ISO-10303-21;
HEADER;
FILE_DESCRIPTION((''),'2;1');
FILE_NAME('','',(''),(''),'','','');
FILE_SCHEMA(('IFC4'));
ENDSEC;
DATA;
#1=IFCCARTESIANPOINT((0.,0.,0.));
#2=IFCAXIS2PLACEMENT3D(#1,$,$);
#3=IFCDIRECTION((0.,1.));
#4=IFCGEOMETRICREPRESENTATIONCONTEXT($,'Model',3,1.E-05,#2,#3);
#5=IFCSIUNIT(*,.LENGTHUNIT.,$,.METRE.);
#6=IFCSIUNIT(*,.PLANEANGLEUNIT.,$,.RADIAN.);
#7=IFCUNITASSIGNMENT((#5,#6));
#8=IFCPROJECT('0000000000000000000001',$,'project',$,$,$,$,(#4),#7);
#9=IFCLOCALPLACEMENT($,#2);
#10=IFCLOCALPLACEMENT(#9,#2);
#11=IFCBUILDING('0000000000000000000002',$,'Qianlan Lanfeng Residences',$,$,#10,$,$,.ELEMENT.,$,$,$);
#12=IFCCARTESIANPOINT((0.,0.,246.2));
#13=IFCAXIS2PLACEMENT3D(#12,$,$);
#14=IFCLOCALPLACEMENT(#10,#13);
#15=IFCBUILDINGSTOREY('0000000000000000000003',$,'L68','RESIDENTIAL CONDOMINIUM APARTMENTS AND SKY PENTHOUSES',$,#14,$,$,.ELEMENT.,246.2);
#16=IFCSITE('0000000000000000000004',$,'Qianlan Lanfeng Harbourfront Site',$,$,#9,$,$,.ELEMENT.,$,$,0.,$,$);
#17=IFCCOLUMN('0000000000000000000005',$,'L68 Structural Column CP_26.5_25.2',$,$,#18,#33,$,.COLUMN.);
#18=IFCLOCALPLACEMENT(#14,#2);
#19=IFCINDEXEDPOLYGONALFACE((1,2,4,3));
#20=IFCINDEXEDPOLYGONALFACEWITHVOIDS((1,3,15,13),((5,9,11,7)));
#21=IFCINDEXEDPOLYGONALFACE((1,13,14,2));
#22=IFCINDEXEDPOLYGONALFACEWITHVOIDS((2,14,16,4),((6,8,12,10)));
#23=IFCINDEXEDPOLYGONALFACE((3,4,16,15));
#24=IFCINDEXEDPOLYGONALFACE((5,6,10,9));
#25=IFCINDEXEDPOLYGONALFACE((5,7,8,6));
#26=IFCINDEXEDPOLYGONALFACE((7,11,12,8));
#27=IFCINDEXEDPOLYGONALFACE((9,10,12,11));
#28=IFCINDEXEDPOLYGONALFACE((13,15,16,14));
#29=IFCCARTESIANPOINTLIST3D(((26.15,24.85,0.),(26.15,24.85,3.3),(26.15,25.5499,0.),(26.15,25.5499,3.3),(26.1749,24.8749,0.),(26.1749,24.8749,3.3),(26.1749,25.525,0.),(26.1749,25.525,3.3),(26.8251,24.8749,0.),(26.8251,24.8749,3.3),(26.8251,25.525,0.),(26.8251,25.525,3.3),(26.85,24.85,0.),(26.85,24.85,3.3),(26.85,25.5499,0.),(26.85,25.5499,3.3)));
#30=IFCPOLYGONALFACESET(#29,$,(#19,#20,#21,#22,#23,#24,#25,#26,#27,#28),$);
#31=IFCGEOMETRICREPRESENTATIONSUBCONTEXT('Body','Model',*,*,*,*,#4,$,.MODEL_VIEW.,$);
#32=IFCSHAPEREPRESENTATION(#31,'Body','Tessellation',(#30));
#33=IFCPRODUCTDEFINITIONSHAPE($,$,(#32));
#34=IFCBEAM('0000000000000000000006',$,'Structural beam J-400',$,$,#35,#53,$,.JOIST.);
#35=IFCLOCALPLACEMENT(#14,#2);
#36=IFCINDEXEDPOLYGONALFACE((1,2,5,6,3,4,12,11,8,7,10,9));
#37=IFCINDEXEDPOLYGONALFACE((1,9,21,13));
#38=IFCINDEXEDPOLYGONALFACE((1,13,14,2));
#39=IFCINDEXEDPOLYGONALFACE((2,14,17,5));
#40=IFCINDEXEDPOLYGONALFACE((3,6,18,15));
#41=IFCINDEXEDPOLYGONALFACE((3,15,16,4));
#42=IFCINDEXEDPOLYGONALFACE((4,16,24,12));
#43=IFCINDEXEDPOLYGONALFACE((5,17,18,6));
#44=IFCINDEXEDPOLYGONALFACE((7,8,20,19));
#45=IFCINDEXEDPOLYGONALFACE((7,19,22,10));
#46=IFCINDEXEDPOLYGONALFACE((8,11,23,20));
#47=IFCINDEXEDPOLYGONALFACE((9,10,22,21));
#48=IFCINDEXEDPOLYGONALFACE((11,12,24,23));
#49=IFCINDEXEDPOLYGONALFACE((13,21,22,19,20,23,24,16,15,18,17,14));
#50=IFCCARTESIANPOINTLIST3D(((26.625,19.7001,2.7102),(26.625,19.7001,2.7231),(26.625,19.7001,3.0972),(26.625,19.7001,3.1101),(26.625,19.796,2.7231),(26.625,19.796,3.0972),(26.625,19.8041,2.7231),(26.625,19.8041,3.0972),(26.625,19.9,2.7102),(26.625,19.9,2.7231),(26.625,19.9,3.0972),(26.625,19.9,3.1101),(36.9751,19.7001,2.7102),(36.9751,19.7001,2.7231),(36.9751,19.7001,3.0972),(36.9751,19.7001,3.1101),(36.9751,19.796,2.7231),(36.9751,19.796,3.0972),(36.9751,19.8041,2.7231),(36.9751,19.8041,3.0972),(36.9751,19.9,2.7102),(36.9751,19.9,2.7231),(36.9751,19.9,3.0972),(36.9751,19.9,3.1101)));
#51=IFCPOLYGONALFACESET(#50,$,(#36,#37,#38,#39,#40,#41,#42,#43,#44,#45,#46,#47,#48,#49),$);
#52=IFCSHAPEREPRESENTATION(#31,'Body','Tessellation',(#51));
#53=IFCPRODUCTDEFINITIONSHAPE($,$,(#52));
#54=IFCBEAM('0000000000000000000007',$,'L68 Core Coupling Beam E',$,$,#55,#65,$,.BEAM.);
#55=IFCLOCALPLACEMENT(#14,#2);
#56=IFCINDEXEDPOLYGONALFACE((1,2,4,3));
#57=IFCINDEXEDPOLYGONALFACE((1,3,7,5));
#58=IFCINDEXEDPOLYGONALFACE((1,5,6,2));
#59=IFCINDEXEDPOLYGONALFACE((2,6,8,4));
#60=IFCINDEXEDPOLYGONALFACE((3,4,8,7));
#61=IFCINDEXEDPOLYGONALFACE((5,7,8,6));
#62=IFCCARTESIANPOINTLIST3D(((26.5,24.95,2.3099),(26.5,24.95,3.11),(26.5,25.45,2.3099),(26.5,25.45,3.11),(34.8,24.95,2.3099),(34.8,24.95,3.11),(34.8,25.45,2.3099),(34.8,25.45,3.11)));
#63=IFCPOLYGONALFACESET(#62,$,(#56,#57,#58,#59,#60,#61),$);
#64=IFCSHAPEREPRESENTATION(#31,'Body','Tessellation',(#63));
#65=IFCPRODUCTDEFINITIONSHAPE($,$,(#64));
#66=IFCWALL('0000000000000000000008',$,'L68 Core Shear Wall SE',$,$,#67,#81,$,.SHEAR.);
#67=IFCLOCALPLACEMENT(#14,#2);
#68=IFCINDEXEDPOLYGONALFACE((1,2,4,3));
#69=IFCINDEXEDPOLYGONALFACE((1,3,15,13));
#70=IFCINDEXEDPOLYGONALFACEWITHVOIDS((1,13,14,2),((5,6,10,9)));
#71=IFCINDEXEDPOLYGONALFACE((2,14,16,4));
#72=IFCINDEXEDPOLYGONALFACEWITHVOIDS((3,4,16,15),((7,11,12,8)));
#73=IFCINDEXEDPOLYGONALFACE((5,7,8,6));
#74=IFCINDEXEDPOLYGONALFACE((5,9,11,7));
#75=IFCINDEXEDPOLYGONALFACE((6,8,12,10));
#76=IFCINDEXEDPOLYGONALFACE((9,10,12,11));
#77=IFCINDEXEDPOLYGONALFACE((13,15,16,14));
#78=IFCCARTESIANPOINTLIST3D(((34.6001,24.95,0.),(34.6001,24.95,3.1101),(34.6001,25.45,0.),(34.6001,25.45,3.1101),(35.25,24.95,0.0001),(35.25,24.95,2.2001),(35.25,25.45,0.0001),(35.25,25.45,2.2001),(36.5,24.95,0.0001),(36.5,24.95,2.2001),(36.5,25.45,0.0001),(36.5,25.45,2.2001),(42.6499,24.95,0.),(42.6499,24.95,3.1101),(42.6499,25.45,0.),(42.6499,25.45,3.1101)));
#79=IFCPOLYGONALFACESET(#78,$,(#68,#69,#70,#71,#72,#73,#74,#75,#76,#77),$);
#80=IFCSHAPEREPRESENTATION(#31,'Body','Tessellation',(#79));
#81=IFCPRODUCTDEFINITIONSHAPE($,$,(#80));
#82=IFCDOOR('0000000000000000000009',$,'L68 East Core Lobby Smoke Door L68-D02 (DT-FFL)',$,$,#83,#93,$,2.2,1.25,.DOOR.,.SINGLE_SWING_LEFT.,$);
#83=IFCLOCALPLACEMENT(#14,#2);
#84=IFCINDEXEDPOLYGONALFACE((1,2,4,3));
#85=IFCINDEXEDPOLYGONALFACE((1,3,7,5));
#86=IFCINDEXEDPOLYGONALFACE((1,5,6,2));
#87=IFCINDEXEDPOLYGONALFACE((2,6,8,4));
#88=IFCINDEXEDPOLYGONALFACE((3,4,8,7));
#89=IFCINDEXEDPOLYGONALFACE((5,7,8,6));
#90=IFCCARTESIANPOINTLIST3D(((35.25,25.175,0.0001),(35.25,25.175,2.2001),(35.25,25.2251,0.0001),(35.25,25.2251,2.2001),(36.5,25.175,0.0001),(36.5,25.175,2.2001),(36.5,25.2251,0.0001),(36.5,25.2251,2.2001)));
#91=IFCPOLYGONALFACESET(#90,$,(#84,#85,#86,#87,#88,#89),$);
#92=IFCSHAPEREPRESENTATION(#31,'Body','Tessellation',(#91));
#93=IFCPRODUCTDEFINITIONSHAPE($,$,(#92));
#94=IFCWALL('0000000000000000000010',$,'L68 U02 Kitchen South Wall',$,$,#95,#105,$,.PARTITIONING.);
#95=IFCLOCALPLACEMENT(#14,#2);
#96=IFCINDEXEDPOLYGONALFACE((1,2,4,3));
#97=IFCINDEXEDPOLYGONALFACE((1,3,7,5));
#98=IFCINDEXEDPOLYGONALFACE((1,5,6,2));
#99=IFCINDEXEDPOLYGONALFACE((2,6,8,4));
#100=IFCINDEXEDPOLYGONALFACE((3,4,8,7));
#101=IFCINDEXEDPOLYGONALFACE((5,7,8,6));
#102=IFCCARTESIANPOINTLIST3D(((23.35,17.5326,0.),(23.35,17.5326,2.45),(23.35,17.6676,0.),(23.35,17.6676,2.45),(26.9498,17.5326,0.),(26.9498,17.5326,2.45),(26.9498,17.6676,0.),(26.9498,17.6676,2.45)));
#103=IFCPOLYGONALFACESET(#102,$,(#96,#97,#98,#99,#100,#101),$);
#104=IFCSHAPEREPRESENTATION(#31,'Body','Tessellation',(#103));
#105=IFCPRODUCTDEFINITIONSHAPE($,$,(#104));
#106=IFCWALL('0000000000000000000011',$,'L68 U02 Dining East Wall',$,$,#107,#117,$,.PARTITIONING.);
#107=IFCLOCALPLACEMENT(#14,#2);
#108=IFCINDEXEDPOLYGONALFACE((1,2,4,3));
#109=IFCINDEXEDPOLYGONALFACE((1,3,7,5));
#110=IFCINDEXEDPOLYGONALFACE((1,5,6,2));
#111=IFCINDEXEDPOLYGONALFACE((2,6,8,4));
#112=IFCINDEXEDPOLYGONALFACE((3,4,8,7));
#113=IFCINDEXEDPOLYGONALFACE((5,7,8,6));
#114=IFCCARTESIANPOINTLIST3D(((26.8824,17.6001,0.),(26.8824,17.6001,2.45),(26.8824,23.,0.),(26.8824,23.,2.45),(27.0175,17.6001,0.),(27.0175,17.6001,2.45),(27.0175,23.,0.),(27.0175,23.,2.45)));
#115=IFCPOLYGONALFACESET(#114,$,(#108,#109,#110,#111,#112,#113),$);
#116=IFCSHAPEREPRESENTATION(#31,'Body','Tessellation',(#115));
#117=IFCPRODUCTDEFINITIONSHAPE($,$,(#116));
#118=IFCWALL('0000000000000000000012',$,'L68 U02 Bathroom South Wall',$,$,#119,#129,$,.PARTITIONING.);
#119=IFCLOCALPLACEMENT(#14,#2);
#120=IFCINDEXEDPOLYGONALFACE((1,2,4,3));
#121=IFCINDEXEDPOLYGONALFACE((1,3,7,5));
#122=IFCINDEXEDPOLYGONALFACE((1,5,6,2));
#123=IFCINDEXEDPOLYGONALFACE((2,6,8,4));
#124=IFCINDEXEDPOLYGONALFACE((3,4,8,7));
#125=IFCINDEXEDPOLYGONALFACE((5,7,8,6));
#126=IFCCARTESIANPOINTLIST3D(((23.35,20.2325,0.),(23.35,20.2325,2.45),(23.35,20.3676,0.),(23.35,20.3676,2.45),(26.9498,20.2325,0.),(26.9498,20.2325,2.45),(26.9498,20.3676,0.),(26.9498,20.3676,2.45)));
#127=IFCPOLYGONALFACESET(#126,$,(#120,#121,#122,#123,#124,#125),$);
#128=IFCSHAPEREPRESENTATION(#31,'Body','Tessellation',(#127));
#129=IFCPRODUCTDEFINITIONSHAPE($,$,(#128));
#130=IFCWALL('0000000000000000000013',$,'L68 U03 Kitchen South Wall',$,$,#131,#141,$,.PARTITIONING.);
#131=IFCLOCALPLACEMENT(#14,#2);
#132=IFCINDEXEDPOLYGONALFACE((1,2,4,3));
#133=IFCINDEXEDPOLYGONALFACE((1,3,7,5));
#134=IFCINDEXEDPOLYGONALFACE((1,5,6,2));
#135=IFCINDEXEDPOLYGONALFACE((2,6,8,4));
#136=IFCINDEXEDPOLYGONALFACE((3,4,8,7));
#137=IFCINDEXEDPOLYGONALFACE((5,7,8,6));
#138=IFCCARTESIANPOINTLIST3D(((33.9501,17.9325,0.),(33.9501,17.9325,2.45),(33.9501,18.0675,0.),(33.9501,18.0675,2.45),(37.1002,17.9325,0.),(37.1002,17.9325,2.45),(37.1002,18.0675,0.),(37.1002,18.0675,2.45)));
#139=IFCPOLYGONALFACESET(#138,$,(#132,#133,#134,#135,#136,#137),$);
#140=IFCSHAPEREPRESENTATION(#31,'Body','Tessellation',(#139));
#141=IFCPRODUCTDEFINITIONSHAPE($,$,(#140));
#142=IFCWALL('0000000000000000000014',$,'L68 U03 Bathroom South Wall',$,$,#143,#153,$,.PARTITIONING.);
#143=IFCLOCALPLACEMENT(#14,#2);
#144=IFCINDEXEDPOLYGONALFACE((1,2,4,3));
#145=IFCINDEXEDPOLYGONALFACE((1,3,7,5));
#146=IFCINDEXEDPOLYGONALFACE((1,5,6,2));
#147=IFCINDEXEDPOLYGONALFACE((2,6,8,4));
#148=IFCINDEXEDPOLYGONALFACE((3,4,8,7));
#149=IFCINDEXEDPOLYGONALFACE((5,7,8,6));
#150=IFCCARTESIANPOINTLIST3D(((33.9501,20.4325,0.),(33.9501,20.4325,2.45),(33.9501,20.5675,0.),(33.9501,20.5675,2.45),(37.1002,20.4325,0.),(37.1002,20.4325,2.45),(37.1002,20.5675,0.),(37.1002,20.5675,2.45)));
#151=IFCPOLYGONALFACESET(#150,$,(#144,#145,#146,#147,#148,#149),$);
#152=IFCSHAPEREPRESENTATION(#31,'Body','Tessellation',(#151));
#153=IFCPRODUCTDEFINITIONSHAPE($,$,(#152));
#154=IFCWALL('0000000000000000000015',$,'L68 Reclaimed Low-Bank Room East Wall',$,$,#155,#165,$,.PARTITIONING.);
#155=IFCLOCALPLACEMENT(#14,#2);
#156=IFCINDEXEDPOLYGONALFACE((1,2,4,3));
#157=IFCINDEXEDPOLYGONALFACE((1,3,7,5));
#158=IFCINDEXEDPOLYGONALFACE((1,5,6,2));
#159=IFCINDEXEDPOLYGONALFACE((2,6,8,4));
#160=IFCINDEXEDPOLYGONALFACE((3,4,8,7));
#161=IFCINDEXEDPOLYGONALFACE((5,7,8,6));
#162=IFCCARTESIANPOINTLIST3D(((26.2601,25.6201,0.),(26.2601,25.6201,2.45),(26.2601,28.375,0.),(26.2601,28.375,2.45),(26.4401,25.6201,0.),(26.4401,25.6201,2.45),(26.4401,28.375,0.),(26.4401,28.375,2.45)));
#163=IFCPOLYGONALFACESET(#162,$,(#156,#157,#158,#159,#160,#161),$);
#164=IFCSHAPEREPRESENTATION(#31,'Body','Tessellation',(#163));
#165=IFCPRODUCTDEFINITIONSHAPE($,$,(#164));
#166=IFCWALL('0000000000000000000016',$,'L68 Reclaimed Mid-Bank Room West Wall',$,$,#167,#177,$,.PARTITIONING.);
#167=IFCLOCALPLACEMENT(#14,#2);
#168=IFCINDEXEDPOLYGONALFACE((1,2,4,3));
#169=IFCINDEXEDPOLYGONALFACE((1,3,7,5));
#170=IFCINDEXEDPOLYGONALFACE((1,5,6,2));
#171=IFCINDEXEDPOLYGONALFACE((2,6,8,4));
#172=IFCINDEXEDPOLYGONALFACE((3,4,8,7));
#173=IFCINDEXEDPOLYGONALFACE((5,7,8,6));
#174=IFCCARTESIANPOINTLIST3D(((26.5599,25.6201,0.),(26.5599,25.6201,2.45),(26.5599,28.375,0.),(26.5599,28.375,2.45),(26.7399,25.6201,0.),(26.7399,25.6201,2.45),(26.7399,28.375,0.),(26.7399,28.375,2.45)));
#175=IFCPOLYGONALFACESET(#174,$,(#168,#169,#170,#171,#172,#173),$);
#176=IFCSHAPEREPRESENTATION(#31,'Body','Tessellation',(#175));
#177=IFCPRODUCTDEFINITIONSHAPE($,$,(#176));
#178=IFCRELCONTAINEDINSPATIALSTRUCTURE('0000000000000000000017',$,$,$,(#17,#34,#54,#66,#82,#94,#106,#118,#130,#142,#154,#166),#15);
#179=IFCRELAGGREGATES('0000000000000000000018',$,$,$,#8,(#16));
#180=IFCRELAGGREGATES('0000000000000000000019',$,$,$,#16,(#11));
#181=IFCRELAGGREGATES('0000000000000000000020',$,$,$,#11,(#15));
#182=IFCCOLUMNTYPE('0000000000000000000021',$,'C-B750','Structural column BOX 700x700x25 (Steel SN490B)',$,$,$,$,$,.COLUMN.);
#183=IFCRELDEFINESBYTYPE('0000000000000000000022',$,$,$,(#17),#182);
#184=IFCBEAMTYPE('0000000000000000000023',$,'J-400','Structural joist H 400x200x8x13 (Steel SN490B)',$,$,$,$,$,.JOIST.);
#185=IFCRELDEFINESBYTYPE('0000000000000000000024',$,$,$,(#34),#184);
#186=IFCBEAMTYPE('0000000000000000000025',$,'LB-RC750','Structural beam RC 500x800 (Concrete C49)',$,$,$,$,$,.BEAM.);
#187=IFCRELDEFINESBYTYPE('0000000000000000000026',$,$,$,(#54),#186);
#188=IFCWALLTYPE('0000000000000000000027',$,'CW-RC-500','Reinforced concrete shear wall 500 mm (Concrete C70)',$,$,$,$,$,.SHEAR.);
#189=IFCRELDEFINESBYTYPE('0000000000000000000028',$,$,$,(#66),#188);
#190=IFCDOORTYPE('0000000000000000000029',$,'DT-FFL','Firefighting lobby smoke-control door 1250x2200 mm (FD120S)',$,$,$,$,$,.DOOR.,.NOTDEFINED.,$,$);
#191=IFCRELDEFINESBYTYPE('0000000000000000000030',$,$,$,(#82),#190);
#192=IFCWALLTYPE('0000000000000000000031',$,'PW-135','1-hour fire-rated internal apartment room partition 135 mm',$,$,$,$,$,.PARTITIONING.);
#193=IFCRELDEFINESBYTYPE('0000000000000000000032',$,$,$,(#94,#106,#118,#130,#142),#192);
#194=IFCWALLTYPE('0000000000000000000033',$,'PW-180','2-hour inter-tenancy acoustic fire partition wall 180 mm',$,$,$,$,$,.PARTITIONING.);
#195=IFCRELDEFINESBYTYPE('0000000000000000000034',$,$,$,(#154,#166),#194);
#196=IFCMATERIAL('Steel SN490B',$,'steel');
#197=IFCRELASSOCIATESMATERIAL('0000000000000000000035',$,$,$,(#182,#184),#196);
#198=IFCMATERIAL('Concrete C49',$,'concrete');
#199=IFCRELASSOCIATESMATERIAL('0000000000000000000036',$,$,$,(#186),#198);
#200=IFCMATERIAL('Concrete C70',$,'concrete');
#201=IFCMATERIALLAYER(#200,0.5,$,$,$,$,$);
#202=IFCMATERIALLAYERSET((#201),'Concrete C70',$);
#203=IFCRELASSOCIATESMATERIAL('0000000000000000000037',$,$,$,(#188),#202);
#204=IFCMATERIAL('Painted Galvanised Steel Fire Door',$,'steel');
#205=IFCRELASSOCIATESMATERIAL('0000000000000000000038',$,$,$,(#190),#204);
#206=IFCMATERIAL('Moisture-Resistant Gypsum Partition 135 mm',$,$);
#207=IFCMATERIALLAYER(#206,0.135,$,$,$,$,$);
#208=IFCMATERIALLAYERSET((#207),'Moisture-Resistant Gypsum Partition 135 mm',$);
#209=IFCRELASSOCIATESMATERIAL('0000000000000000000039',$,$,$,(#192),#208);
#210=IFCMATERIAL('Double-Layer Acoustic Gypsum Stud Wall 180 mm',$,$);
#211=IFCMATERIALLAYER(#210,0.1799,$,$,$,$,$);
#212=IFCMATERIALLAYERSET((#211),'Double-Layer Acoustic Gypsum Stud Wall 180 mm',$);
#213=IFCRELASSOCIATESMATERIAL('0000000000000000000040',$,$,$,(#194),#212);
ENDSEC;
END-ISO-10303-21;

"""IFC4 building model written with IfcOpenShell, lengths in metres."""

from ifc_helpers import new_model, si_unit, direction, frame, frame_2d, origin, origin_2d, place, context, subcontext, project, spatial, rectangle, hollow_rectangle, i_section, extrude, material, layer, layer_set, material_profile, profile_set, type_object, element, fill, save


model = new_model("IFC4")

# Units and contexts
model_context = context("Model", 3, precision=1e-05, world=origin(), true_north=direction((0.0, 1.0)))
body_context = subcontext(model_context, "Body", "Model", "MODEL_VIEW")
ifc_project = project(units=[si_unit("LENGTHUNIT", "METRE"), si_unit("PLANEANGLEUNIT", "RADIAN")], contexts=[model_context])

# Site, building, storey
site_placement = place(None, origin())
site = spatial("IfcSite", under=ifc_project, at=site_placement, Name="Qianlan Lanfeng Harbourfront Site", CompositionType="ELEMENT", RefElevation=0.0)
building_placement = place(site_placement, origin())
building = spatial("IfcBuilding", under=site, at=building_placement, Name="Qianlan Lanfeng Residences", CompositionType="ELEMENT")
storey_placement = place(building_placement, frame((0.0, 0.0, 246.2)))
storey = spatial("IfcBuildingStorey", under=building, at=storey_placement, Name="L68", Description="RESIDENTIAL CONDOMINIUM APARTMENTS AND SKY PENTHOUSES", CompositionType="ELEMENT", Elevation=246.2)

# Column
ifc_material_1 = material(Name="Steel SN490B", Category="steel")
ifc_material_profile_1 = material_profile(ifc_material_1, hollow_rectangle(XDim=0.7, YDim=0.7, WallThickness=0.0249, at=origin_2d()), Name="BOX 700x700x25")
ifc_profile_set_1 = profile_set([ifc_material_profile_1], Name="Steel SN490B")
column_type = type_object("IfcColumnType", Name="C-B750", Description="Structural column BOX 700x700x25 (Steel SN490B)", PredefinedType="COLUMN", material=ifc_profile_set_1)
column_placement = place(storey_placement, frame((26.5, 25.2, 0.0), z_axis=(0.0, 0.0, 1.0), x_axis=(1.0, 0.0, 0.0)))
element("IfcColumn", 1, at=column_placement, inside=storey, type_object=column_type, Name="L68 Structural Column CP_26.5_25.2", PredefinedType="COLUMN", context=body_context, shape_type="SweptSolid", body=[
    extrude(hollow_rectangle(XDim=0.7, YDim=0.7, WallThickness=0.0249, at=origin_2d()), origin(), (0.0, 0.0, 1.0), 3.3),
])

# Beams
ifc_material_profile_2 = material_profile(ifc_material_1, i_section(OverallWidth=0.2, OverallDepth=0.3999, WebThickness=0.0081, FlangeThickness=0.0129, at=origin_2d()), Name="H 400x200x8x13")
ifc_profile_set_2 = profile_set([ifc_material_profile_2], Name="Steel SN490B")
beam_type_1 = type_object("IfcBeamType", Name="J-400", Description="Structural joist H 400x200x8x13 (Steel SN490B)", PredefinedType="JOIST", material=ifc_profile_set_2)
beam_1_placement = place(storey_placement, frame((26.625, 19.8, 2.9102), z_axis=(1.0, 0.0, 0.0), x_axis=(0.0, 1.0, 0.0)))
element("IfcBeam", 2, at=beam_1_placement, inside=storey, type_object=beam_type_1, Name="Structural beam J-400", PredefinedType="JOIST", context=body_context, shape_type="SweptSolid", body=[
    extrude(i_section(OverallWidth=0.2, OverallDepth=0.3999, WebThickness=0.0081, FlangeThickness=0.0129, at=origin_2d()), origin(), (0.0, 0.0, 1.0), 10.3501),
])
ifc_material_2 = material(Name="Concrete C49", Category="concrete")
ifc_material_profile_3 = material_profile(ifc_material_2, rectangle(XDim=0.5, YDim=0.8, at=origin_2d()), Name="RC 500x800")
ifc_profile_set_3 = profile_set([ifc_material_profile_3], Name="Concrete C49")
beam_type_2 = type_object("IfcBeamType", Name="LB-RC750", Description="Structural beam RC 500x800 (Concrete C49)", PredefinedType="BEAM", material=ifc_profile_set_3)
beam_2_placement = place(storey_placement, frame((26.5, 25.2, 2.71), z_axis=(1.0, 0.0, 0.0), x_axis=(0.0, 1.0, 0.0)))
element("IfcBeam", 3, at=beam_2_placement, inside=storey, type_object=beam_type_2, Name="L68 Core Coupling Beam E", PredefinedType="BEAM", context=body_context, shape_type="SweptSolid", body=[
    extrude(rectangle(XDim=0.5, YDim=0.8, at=origin_2d()), origin(), (0.0, 0.0, 1.0), 8.3),
])

# Wall, opening, door
ifc_material_3 = material(Name="Concrete C70", Category="concrete")
ifc_layer_1 = layer(ifc_material_3, 0.5)
ifc_layer_set_1 = layer_set([ifc_layer_1], Name="Concrete C70")
wall_type_1 = type_object("IfcWallType", Name="CW-RC-500", Description="Reinforced concrete shear wall 500 mm (Concrete C70)", PredefinedType="SHEAR", material=ifc_layer_set_1)
wall_1_placement = place(storey_placement, frame((34.6001, 25.2, 0.0), z_axis=(0.0, 0.0, 1.0), x_axis=(1.0, 0.0, 0.0)))
wall_1 = element("IfcWall", 4, at=wall_1_placement, inside=storey, type_object=wall_type_1, Name="L68 Core Shear Wall SE", PredefinedType="SHEAR", context=body_context, shape_type="SweptSolid", body=[
    extrude(rectangle(XDim=8.0498, YDim=0.5, at=frame_2d((4.0249, 0.0))), origin(), (0.0, 0.0, 1.0), 3.1101),
])
opening_1_placement = place(wall_1_placement, frame((0.6499, 0.0, 0.0)))
opening_1 = element("IfcOpeningElement", 5, at=opening_1_placement, cuts=wall_1, PredefinedType="OPENING", context=body_context, shape_type="SweptSolid", body=[
    extrude(rectangle(XDim=1.25, YDim=2.2, at=frame_2d((0.625, 1.1001))), frame((0.0, 0.26, 0.0), z_axis=(0.0, -1.0, 0.0), x_axis=(1.0, 0.0, 0.0)), (0.0, 0.0, 1.0), 0.52),
])
ifc_material_4 = material(Name="Painted Galvanised Steel Fire Door", Category="steel")
door_type_1 = type_object("IfcDoorType", Name="DT-FFL", Description="Firefighting lobby smoke-control door 1250x2200 mm (FD120S)", OperationType="NOTDEFINED", PredefinedType="DOOR", material=ifc_material_4)
door_1_placement = place(opening_1_placement, frame((1.25, 0.0, 0.0), z_axis=(0.0, 0.0, 1.0), x_axis=(-1.0, 0.0, 0.0)))
door_1 = element("IfcDoor", 6, at=door_1_placement, inside=storey, type_object=door_type_1, Name="L68 East Core Lobby Smoke Door L68-D02 (DT-FFL)", OperationType="SINGLE_SWING_LEFT", OverallHeight=2.2, OverallWidth=1.25, PredefinedType="DOOR", context=body_context, shape_type="SweptSolid", body=[
    extrude(rectangle(XDim=1.25, YDim=2.2, at=frame_2d((0.625, 1.1001))), frame((0.0, 0.0249, 0.0), z_axis=(0.0, -1.0, 0.0), x_axis=(1.0, 0.0, 0.0)), (0.0, 0.0, 1.0), 0.05),
])
fill(opening_1, door_1)

# Walls
ifc_material_5 = material(Name="Moisture-Resistant Gypsum Partition 135 mm")
ifc_layer_2 = layer(ifc_material_5, 0.135)
ifc_layer_set_2 = layer_set([ifc_layer_2], Name="Moisture-Resistant Gypsum Partition 135 mm")
wall_type_2 = type_object("IfcWallType", Name="PW-135", Description="1-hour fire-rated internal apartment room partition 135 mm", PredefinedType="PARTITIONING", material=ifc_layer_set_2)
wall_2_placement = place(storey_placement, frame((23.3501, 17.6001, 0.0), z_axis=(0.0, 0.0, 1.0), x_axis=(1.0, 0.0, 0.0)))
element("IfcWall", 7, at=wall_2_placement, inside=storey, type_object=wall_type_2, Name="L68 U02 Kitchen South Wall", PredefinedType="PARTITIONING", context=body_context, shape_type="SweptSolid", body=[
    extrude(rectangle(XDim=3.5999, YDim=0.135, at=frame_2d((1.7998, 0.0))), origin(), (0.0, 0.0, 1.0), 2.45),
])
wall_3_placement = place(storey_placement, frame((26.95, 17.6001, 0.0), z_axis=(0.0, 0.0, 1.0), x_axis=(0.0, 1.0, 0.0)))
element("IfcWall", 8, at=wall_3_placement, inside=storey, type_object=wall_type_2, Name="L68 U02 Dining East Wall", PredefinedType="PARTITIONING", context=body_context, shape_type="SweptSolid", body=[
    extrude(rectangle(XDim=5.3999, YDim=0.135, at=frame_2d((2.7, 0.0))), origin(), (0.0, 0.0, 1.0), 2.45),
])
wall_4_placement = place(storey_placement, frame((23.3501, 20.3, 0.0), z_axis=(0.0, 0.0, 1.0), x_axis=(1.0, 0.0, 0.0)))
element("IfcWall", 9, at=wall_4_placement, inside=storey, type_object=wall_type_2, Name="L68 U02 Bathroom South Wall", PredefinedType="PARTITIONING", context=body_context, shape_type="SweptSolid", body=[
    extrude(rectangle(XDim=3.5999, YDim=0.135, at=frame_2d((1.7998, 0.0))), origin(), (0.0, 0.0, 1.0), 2.45),
])

# Walls
for number, where, z_axis, x_axis, name in (
    (10, (33.95, 18.0, 0.0), (0.0, 0.0, 1.0), (1.0, 0.0, 0.0), "L68 U03 Kitchen South Wall"),
    (11, (33.95, 20.5, 0.0), (0.0, 0.0, 1.0), (1.0, 0.0, 0.0), "L68 U03 Bathroom South Wall"),
):
    element("IfcWall", number, at=place(storey_placement, frame(where, z_axis=z_axis, x_axis=x_axis)), inside=storey, type_object=wall_type_2, Name=name, PredefinedType="PARTITIONING", context=body_context, shape_type="SweptSolid", body=[
        extrude(rectangle(XDim=3.1501, YDim=0.135, at=frame_2d((1.5752, 0.0))), origin(), (0.0, 0.0, 1.0), 2.45),
    ])
ifc_material_6 = material(Name="Double-Layer Acoustic Gypsum Stud Wall 180 mm")
ifc_layer_3 = layer(ifc_material_6, 0.1799)
ifc_layer_set_3 = layer_set([ifc_layer_3], Name="Double-Layer Acoustic Gypsum Stud Wall 180 mm")
wall_type_3 = type_object("IfcWallType", Name="PW-180", Description="2-hour inter-tenancy acoustic fire partition wall 180 mm", PredefinedType="PARTITIONING", material=ifc_layer_set_3)
for number, where, z_axis, x_axis, name in (
    (12, (26.3501, 25.6201, 0.0), (0.0, 0.0, 1.0), (0.0, 1.0, 0.0), "L68 Reclaimed Low-Bank Room East Wall"),
    (13, (26.6499, 25.6201, 0.0), (0.0, 0.0, 1.0), (0.0, 1.0, 0.0), "L68 Reclaimed Mid-Bank Room West Wall"),
):
    element("IfcWall", number, at=place(storey_placement, frame(where, z_axis=z_axis, x_axis=x_axis)), inside=storey, type_object=wall_type_3, Name=name, PredefinedType="PARTITIONING", context=body_context, shape_type="SweptSolid", body=[
        extrude(rectangle(XDim=2.7549, YDim=0.1799, at=frame_2d((1.3774, 0.0))), origin(), (0.0, 0.0, 1.0), 2.45),
    ])

save(model, "model.ifc")
